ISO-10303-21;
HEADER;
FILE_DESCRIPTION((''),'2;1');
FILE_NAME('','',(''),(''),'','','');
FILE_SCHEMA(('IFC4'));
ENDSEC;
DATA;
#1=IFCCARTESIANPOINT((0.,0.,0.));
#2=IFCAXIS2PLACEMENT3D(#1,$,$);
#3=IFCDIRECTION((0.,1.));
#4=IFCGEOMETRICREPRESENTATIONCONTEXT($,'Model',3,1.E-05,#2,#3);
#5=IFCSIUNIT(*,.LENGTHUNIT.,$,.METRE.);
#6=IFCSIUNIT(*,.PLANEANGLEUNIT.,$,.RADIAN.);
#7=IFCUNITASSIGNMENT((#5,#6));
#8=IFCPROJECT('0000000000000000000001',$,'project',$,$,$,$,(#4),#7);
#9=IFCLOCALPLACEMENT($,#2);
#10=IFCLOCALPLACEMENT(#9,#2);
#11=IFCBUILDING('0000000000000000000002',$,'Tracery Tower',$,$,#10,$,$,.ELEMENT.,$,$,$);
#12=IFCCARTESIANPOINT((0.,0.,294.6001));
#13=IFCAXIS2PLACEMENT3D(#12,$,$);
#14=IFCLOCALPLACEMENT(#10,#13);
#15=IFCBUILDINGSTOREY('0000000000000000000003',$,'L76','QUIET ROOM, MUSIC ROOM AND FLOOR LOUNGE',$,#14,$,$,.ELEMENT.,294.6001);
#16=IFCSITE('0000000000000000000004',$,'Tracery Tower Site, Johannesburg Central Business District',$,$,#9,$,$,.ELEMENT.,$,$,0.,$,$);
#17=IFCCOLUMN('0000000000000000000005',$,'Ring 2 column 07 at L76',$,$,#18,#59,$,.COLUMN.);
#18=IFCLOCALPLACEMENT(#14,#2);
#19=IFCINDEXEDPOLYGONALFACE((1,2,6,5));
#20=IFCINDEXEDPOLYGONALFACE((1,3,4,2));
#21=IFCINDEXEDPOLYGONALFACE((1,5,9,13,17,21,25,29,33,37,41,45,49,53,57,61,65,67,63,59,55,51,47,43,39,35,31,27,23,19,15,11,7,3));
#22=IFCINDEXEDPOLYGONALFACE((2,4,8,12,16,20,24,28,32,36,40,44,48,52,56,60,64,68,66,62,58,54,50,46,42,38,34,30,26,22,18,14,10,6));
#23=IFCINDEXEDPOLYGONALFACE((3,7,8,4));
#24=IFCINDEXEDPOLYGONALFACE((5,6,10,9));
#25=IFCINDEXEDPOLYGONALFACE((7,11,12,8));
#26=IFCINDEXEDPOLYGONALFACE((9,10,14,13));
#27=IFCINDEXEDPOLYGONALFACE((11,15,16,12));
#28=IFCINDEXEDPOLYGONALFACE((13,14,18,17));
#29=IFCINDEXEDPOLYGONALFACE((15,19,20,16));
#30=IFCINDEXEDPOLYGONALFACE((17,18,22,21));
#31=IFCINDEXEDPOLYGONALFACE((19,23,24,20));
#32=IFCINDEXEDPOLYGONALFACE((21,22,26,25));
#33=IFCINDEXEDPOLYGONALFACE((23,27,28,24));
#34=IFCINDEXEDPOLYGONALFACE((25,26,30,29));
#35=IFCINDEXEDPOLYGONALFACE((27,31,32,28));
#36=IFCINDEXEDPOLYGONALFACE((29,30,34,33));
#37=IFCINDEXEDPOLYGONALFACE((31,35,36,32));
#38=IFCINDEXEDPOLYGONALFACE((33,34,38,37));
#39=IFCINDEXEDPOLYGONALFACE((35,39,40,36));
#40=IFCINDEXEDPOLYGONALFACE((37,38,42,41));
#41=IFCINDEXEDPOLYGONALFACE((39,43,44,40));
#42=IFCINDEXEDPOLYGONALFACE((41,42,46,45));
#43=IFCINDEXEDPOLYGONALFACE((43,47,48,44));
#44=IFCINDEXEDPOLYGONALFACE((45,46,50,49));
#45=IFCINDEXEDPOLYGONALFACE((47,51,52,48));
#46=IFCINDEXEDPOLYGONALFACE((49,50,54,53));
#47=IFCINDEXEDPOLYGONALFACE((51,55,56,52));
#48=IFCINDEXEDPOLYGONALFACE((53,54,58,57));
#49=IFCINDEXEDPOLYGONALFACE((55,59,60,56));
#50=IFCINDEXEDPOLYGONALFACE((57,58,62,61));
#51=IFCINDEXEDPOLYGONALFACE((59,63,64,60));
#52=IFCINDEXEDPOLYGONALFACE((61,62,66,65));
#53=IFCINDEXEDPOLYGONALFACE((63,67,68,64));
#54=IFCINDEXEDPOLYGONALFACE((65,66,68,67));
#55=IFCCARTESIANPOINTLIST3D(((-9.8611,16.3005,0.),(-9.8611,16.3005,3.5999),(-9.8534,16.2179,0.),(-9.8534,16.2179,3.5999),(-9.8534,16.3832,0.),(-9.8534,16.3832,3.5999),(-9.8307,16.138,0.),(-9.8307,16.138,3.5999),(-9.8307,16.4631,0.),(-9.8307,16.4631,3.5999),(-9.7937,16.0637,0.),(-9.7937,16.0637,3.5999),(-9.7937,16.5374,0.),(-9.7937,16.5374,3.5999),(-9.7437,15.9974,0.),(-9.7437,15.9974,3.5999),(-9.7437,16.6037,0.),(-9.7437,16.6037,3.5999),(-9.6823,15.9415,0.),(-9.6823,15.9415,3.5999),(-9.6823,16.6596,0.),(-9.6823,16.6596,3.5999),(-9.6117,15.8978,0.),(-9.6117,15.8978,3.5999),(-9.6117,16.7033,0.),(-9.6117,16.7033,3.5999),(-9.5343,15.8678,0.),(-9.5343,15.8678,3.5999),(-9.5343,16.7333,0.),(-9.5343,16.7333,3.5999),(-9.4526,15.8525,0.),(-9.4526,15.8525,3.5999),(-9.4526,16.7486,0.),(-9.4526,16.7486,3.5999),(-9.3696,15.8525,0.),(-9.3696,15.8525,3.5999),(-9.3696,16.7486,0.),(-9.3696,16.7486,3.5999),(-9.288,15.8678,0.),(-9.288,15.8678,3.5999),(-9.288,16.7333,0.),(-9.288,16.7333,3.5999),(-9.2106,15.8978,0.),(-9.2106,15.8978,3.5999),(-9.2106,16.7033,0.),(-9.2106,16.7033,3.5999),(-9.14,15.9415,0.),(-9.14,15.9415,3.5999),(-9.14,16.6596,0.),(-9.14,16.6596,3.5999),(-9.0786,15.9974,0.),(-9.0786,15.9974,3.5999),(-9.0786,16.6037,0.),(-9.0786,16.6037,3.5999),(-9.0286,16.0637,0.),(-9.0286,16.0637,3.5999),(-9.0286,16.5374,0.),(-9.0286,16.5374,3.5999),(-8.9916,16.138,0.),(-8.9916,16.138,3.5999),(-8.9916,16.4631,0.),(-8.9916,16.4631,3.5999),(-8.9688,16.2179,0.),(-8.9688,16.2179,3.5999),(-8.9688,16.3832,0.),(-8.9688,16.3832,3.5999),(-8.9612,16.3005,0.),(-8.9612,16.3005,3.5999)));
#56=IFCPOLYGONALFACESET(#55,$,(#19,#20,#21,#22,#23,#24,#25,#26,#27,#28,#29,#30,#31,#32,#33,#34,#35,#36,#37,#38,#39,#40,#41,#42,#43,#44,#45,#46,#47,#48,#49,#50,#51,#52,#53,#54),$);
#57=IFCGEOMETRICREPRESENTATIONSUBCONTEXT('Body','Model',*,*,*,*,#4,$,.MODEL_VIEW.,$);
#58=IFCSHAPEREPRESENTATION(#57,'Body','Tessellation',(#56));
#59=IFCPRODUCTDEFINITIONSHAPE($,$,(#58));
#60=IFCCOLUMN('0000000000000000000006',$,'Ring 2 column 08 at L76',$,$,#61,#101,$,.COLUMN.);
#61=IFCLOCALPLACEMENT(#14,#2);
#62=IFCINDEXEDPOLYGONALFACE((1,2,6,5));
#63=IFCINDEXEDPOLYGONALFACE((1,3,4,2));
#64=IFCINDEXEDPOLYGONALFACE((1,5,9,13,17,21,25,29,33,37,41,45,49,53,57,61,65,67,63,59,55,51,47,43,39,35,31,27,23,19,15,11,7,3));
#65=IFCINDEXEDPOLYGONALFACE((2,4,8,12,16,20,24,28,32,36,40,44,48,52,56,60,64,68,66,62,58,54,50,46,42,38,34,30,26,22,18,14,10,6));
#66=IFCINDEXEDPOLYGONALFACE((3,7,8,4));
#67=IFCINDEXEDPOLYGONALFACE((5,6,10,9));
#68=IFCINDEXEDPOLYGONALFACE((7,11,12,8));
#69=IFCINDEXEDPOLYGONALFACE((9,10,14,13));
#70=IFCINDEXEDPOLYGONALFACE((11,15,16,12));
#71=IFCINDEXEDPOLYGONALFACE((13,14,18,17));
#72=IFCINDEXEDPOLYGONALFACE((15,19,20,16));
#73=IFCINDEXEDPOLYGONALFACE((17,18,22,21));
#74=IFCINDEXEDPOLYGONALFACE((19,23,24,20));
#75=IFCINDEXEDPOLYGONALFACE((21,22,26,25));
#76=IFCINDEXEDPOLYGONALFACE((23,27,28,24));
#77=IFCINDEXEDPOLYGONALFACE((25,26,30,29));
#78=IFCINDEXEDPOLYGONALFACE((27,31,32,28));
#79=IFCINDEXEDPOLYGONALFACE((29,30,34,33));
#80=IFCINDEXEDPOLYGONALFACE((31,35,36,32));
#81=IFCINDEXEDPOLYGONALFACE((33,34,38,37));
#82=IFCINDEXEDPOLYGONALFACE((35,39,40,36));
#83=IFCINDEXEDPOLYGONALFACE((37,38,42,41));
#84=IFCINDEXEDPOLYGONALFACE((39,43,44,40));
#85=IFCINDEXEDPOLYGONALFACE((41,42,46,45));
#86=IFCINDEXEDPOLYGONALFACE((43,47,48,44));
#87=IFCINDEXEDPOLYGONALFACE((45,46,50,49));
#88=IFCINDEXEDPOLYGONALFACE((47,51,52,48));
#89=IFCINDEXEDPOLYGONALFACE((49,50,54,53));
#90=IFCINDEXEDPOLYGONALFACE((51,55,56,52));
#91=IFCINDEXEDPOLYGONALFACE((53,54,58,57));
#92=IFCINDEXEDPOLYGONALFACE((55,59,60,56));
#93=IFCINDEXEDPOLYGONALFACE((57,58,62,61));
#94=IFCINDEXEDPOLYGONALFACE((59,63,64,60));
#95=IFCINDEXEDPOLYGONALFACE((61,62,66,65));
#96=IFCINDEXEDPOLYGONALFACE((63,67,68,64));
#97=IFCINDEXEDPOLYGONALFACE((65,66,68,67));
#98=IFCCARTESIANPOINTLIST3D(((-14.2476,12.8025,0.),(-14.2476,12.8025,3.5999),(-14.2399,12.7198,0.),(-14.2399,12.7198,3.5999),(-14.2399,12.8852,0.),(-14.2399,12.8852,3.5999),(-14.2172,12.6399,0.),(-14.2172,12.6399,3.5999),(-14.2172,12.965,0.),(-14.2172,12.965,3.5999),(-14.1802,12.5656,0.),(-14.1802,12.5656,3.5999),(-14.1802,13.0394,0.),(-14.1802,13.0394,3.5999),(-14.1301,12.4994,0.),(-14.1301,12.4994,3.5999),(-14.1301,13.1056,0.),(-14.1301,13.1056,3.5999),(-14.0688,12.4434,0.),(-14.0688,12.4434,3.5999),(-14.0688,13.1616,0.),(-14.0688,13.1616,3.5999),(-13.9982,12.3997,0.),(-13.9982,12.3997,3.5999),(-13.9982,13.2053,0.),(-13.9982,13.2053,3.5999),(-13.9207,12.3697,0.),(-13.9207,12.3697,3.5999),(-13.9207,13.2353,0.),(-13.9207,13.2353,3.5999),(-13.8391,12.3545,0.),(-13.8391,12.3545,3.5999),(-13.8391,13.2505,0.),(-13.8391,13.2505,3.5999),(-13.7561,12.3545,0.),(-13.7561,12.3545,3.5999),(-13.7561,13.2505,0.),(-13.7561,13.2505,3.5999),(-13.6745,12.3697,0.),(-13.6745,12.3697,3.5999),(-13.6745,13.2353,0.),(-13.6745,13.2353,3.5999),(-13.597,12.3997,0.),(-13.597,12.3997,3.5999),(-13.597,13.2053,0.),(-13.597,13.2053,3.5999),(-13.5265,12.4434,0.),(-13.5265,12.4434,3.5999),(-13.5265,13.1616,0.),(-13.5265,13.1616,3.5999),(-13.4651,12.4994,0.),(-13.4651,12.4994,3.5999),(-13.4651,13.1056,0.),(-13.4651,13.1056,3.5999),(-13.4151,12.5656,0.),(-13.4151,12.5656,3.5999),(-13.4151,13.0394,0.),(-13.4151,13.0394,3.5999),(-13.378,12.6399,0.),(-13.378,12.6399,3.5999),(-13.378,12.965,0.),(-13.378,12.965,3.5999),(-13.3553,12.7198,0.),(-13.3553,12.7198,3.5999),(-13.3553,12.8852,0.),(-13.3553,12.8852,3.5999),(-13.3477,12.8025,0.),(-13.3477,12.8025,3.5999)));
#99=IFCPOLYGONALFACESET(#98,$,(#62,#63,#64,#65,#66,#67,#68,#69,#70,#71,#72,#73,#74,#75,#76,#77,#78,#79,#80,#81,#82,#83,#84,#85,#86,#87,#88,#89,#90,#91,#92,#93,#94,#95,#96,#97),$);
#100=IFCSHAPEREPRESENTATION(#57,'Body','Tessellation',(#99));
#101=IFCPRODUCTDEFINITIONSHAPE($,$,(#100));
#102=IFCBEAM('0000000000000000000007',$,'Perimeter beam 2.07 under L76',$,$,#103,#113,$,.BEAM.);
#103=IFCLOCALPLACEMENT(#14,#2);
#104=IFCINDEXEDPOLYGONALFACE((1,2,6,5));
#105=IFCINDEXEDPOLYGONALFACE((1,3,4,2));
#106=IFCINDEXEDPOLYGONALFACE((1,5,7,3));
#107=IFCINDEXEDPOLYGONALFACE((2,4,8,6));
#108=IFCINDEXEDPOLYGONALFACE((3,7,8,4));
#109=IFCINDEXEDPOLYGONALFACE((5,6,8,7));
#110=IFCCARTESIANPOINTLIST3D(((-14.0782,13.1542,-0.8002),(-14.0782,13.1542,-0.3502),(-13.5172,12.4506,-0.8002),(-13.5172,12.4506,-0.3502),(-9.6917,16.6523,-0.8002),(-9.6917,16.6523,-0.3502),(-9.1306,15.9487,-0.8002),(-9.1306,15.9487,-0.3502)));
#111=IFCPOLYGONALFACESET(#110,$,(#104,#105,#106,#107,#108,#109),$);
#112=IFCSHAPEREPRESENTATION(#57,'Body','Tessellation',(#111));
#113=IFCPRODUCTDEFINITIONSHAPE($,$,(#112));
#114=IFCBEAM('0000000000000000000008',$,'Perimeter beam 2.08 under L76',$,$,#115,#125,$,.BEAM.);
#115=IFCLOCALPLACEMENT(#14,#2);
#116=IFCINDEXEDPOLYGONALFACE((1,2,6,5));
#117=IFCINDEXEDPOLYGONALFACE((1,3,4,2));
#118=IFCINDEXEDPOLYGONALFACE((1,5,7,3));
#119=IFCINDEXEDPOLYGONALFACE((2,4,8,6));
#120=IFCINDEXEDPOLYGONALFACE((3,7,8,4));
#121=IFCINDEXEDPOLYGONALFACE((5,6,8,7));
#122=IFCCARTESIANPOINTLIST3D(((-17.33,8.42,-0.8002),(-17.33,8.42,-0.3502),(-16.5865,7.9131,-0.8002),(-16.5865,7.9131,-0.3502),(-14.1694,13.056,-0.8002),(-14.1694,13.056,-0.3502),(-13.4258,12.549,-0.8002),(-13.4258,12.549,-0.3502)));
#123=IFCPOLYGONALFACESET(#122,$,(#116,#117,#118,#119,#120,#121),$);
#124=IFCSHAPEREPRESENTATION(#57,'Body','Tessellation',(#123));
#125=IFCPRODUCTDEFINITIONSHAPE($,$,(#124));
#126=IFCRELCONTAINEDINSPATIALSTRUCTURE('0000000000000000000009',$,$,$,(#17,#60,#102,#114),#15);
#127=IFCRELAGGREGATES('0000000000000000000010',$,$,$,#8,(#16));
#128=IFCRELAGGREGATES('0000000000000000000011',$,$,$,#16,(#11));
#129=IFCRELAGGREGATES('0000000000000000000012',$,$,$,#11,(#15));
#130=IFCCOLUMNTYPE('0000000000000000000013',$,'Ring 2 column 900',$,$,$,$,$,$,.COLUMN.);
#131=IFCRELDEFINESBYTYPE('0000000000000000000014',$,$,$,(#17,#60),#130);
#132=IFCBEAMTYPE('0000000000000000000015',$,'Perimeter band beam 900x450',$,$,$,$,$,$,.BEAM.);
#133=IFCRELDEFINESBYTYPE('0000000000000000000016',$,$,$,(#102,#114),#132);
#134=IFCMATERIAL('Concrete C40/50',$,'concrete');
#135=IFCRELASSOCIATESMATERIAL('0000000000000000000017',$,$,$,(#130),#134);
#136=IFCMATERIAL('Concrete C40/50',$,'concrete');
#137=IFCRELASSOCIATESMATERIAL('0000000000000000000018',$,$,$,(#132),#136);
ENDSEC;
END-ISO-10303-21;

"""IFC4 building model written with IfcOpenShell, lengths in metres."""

from ifc_helpers import new_model, si_unit, direction, frame, origin, origin_2d, place, context, subcontext, project, spatial, rectangle, circle, extrude, material, material_profile, profile_set, type_object, element, save


model = new_model("IFC4")

# Units and contexts
model_context = context("Model", 3, precision=1e-05, world=origin(), true_north=direction((0.0, 1.0)))
body_context = subcontext(model_context, "Body", "Model", "MODEL_VIEW")
ifc_project = project(units=[si_unit("LENGTHUNIT", "METRE"), si_unit("PLANEANGLEUNIT", "RADIAN")], contexts=[model_context])

# Site, building, storey
site_placement = place(None, origin())
site = spatial("IfcSite", under=ifc_project, at=site_placement, Name="Tracery Tower Site, Johannesburg Central Business District", CompositionType="ELEMENT", RefElevation=0.0)
building_placement = place(site_placement, origin())
building = spatial("IfcBuilding", under=site, at=building_placement, Name="Tracery Tower", CompositionType="ELEMENT")
storey_placement = place(building_placement, frame((0.0, 0.0, 294.6001)))
storey = spatial("IfcBuildingStorey", under=building, at=storey_placement, Name="L76", Description="QUIET ROOM, MUSIC ROOM AND FLOOR LOUNGE", CompositionType="ELEMENT", Elevation=294.6001)

# Columns
ifc_material_1 = material(Name="Concrete C40/50", Category="concrete")
ifc_material_profile_1 = material_profile(ifc_material_1, circle(Radius=0.45, at=origin_2d()), Name="RC D900")
ifc_profile_set_1 = profile_set([ifc_material_profile_1], Name="Concrete C40/50")
column_type = type_object("IfcColumnType", Name="Ring 2 column 900", PredefinedType="COLUMN", material=ifc_profile_set_1)
for number, where, z_axis, x_axis, name in (
    (1, (-9.4111, 16.3005, 0.0), (0.0, 0.0, 1.0), (1.0, 0.0, 0.0), "Ring 2 column 07 at L76"),
    (2, (-13.7976, 12.8025, 0.0), (0.0, 0.0, 1.0), (1.0, 0.0, 0.0), "Ring 2 column 08 at L76"),
):
    element("IfcColumn", number, at=place(storey_placement, frame(where, z_axis=z_axis, x_axis=x_axis)), inside=storey, type_object=column_type, Name=name, PredefinedType="COLUMN", context=body_context, shape_type="SweptSolid", body=[
        extrude(circle(Radius=0.45, at=origin_2d()), origin(), (0.0, 0.0, 1.0), 3.5999),
    ])

# Beams
ifc_material_2 = material(Name="Concrete C40/50", Category="concrete")
ifc_material_profile_2 = material_profile(ifc_material_2, rectangle(XDim=0.8999, YDim=0.45, at=origin_2d()), Name="RC 900x450")
ifc_profile_set_2 = profile_set([ifc_material_profile_2], Name="Concrete C40/50")
beam_type = type_object("IfcBeamType", Name="Perimeter band beam 900x450", PredefinedType="BEAM", material=ifc_profile_set_2)
beam_1_placement = place(storey_placement, frame((-9.4111, 16.3005, -0.5752), z_axis=(-0.781836, -0.623484, 0.0), x_axis=(0.623484, -0.781836, 0.0)))
element("IfcBeam", 3, at=beam_1_placement, inside=storey, type_object=beam_type, Name="Perimeter beam 2.07 under L76", PredefinedType="BEAM", context=body_context, shape_type="SweptSolid", body=[
    extrude(rectangle(XDim=0.8999, YDim=0.45, at=origin_2d()), origin(), (0.0, 0.0, 1.0), 5.6106),
])
beam_2_placement = place(storey_placement, frame((-13.7976, 12.8025, -0.5752), z_axis=(-0.563306, -0.826249, 0.0), x_axis=(0.826249, -0.563306, 0.0)))
element("IfcBeam", 4, at=beam_2_placement, inside=storey, type_object=beam_type, Name="Perimeter beam 2.08 under L76", PredefinedType="BEAM", context=body_context, shape_type="SweptSolid", body=[
    extrude(rectangle(XDim=0.8999, YDim=0.45, at=origin_2d()), origin(), (0.0, 0.0, 1.0), 5.6108),
])

save(model, "model.ifc")
